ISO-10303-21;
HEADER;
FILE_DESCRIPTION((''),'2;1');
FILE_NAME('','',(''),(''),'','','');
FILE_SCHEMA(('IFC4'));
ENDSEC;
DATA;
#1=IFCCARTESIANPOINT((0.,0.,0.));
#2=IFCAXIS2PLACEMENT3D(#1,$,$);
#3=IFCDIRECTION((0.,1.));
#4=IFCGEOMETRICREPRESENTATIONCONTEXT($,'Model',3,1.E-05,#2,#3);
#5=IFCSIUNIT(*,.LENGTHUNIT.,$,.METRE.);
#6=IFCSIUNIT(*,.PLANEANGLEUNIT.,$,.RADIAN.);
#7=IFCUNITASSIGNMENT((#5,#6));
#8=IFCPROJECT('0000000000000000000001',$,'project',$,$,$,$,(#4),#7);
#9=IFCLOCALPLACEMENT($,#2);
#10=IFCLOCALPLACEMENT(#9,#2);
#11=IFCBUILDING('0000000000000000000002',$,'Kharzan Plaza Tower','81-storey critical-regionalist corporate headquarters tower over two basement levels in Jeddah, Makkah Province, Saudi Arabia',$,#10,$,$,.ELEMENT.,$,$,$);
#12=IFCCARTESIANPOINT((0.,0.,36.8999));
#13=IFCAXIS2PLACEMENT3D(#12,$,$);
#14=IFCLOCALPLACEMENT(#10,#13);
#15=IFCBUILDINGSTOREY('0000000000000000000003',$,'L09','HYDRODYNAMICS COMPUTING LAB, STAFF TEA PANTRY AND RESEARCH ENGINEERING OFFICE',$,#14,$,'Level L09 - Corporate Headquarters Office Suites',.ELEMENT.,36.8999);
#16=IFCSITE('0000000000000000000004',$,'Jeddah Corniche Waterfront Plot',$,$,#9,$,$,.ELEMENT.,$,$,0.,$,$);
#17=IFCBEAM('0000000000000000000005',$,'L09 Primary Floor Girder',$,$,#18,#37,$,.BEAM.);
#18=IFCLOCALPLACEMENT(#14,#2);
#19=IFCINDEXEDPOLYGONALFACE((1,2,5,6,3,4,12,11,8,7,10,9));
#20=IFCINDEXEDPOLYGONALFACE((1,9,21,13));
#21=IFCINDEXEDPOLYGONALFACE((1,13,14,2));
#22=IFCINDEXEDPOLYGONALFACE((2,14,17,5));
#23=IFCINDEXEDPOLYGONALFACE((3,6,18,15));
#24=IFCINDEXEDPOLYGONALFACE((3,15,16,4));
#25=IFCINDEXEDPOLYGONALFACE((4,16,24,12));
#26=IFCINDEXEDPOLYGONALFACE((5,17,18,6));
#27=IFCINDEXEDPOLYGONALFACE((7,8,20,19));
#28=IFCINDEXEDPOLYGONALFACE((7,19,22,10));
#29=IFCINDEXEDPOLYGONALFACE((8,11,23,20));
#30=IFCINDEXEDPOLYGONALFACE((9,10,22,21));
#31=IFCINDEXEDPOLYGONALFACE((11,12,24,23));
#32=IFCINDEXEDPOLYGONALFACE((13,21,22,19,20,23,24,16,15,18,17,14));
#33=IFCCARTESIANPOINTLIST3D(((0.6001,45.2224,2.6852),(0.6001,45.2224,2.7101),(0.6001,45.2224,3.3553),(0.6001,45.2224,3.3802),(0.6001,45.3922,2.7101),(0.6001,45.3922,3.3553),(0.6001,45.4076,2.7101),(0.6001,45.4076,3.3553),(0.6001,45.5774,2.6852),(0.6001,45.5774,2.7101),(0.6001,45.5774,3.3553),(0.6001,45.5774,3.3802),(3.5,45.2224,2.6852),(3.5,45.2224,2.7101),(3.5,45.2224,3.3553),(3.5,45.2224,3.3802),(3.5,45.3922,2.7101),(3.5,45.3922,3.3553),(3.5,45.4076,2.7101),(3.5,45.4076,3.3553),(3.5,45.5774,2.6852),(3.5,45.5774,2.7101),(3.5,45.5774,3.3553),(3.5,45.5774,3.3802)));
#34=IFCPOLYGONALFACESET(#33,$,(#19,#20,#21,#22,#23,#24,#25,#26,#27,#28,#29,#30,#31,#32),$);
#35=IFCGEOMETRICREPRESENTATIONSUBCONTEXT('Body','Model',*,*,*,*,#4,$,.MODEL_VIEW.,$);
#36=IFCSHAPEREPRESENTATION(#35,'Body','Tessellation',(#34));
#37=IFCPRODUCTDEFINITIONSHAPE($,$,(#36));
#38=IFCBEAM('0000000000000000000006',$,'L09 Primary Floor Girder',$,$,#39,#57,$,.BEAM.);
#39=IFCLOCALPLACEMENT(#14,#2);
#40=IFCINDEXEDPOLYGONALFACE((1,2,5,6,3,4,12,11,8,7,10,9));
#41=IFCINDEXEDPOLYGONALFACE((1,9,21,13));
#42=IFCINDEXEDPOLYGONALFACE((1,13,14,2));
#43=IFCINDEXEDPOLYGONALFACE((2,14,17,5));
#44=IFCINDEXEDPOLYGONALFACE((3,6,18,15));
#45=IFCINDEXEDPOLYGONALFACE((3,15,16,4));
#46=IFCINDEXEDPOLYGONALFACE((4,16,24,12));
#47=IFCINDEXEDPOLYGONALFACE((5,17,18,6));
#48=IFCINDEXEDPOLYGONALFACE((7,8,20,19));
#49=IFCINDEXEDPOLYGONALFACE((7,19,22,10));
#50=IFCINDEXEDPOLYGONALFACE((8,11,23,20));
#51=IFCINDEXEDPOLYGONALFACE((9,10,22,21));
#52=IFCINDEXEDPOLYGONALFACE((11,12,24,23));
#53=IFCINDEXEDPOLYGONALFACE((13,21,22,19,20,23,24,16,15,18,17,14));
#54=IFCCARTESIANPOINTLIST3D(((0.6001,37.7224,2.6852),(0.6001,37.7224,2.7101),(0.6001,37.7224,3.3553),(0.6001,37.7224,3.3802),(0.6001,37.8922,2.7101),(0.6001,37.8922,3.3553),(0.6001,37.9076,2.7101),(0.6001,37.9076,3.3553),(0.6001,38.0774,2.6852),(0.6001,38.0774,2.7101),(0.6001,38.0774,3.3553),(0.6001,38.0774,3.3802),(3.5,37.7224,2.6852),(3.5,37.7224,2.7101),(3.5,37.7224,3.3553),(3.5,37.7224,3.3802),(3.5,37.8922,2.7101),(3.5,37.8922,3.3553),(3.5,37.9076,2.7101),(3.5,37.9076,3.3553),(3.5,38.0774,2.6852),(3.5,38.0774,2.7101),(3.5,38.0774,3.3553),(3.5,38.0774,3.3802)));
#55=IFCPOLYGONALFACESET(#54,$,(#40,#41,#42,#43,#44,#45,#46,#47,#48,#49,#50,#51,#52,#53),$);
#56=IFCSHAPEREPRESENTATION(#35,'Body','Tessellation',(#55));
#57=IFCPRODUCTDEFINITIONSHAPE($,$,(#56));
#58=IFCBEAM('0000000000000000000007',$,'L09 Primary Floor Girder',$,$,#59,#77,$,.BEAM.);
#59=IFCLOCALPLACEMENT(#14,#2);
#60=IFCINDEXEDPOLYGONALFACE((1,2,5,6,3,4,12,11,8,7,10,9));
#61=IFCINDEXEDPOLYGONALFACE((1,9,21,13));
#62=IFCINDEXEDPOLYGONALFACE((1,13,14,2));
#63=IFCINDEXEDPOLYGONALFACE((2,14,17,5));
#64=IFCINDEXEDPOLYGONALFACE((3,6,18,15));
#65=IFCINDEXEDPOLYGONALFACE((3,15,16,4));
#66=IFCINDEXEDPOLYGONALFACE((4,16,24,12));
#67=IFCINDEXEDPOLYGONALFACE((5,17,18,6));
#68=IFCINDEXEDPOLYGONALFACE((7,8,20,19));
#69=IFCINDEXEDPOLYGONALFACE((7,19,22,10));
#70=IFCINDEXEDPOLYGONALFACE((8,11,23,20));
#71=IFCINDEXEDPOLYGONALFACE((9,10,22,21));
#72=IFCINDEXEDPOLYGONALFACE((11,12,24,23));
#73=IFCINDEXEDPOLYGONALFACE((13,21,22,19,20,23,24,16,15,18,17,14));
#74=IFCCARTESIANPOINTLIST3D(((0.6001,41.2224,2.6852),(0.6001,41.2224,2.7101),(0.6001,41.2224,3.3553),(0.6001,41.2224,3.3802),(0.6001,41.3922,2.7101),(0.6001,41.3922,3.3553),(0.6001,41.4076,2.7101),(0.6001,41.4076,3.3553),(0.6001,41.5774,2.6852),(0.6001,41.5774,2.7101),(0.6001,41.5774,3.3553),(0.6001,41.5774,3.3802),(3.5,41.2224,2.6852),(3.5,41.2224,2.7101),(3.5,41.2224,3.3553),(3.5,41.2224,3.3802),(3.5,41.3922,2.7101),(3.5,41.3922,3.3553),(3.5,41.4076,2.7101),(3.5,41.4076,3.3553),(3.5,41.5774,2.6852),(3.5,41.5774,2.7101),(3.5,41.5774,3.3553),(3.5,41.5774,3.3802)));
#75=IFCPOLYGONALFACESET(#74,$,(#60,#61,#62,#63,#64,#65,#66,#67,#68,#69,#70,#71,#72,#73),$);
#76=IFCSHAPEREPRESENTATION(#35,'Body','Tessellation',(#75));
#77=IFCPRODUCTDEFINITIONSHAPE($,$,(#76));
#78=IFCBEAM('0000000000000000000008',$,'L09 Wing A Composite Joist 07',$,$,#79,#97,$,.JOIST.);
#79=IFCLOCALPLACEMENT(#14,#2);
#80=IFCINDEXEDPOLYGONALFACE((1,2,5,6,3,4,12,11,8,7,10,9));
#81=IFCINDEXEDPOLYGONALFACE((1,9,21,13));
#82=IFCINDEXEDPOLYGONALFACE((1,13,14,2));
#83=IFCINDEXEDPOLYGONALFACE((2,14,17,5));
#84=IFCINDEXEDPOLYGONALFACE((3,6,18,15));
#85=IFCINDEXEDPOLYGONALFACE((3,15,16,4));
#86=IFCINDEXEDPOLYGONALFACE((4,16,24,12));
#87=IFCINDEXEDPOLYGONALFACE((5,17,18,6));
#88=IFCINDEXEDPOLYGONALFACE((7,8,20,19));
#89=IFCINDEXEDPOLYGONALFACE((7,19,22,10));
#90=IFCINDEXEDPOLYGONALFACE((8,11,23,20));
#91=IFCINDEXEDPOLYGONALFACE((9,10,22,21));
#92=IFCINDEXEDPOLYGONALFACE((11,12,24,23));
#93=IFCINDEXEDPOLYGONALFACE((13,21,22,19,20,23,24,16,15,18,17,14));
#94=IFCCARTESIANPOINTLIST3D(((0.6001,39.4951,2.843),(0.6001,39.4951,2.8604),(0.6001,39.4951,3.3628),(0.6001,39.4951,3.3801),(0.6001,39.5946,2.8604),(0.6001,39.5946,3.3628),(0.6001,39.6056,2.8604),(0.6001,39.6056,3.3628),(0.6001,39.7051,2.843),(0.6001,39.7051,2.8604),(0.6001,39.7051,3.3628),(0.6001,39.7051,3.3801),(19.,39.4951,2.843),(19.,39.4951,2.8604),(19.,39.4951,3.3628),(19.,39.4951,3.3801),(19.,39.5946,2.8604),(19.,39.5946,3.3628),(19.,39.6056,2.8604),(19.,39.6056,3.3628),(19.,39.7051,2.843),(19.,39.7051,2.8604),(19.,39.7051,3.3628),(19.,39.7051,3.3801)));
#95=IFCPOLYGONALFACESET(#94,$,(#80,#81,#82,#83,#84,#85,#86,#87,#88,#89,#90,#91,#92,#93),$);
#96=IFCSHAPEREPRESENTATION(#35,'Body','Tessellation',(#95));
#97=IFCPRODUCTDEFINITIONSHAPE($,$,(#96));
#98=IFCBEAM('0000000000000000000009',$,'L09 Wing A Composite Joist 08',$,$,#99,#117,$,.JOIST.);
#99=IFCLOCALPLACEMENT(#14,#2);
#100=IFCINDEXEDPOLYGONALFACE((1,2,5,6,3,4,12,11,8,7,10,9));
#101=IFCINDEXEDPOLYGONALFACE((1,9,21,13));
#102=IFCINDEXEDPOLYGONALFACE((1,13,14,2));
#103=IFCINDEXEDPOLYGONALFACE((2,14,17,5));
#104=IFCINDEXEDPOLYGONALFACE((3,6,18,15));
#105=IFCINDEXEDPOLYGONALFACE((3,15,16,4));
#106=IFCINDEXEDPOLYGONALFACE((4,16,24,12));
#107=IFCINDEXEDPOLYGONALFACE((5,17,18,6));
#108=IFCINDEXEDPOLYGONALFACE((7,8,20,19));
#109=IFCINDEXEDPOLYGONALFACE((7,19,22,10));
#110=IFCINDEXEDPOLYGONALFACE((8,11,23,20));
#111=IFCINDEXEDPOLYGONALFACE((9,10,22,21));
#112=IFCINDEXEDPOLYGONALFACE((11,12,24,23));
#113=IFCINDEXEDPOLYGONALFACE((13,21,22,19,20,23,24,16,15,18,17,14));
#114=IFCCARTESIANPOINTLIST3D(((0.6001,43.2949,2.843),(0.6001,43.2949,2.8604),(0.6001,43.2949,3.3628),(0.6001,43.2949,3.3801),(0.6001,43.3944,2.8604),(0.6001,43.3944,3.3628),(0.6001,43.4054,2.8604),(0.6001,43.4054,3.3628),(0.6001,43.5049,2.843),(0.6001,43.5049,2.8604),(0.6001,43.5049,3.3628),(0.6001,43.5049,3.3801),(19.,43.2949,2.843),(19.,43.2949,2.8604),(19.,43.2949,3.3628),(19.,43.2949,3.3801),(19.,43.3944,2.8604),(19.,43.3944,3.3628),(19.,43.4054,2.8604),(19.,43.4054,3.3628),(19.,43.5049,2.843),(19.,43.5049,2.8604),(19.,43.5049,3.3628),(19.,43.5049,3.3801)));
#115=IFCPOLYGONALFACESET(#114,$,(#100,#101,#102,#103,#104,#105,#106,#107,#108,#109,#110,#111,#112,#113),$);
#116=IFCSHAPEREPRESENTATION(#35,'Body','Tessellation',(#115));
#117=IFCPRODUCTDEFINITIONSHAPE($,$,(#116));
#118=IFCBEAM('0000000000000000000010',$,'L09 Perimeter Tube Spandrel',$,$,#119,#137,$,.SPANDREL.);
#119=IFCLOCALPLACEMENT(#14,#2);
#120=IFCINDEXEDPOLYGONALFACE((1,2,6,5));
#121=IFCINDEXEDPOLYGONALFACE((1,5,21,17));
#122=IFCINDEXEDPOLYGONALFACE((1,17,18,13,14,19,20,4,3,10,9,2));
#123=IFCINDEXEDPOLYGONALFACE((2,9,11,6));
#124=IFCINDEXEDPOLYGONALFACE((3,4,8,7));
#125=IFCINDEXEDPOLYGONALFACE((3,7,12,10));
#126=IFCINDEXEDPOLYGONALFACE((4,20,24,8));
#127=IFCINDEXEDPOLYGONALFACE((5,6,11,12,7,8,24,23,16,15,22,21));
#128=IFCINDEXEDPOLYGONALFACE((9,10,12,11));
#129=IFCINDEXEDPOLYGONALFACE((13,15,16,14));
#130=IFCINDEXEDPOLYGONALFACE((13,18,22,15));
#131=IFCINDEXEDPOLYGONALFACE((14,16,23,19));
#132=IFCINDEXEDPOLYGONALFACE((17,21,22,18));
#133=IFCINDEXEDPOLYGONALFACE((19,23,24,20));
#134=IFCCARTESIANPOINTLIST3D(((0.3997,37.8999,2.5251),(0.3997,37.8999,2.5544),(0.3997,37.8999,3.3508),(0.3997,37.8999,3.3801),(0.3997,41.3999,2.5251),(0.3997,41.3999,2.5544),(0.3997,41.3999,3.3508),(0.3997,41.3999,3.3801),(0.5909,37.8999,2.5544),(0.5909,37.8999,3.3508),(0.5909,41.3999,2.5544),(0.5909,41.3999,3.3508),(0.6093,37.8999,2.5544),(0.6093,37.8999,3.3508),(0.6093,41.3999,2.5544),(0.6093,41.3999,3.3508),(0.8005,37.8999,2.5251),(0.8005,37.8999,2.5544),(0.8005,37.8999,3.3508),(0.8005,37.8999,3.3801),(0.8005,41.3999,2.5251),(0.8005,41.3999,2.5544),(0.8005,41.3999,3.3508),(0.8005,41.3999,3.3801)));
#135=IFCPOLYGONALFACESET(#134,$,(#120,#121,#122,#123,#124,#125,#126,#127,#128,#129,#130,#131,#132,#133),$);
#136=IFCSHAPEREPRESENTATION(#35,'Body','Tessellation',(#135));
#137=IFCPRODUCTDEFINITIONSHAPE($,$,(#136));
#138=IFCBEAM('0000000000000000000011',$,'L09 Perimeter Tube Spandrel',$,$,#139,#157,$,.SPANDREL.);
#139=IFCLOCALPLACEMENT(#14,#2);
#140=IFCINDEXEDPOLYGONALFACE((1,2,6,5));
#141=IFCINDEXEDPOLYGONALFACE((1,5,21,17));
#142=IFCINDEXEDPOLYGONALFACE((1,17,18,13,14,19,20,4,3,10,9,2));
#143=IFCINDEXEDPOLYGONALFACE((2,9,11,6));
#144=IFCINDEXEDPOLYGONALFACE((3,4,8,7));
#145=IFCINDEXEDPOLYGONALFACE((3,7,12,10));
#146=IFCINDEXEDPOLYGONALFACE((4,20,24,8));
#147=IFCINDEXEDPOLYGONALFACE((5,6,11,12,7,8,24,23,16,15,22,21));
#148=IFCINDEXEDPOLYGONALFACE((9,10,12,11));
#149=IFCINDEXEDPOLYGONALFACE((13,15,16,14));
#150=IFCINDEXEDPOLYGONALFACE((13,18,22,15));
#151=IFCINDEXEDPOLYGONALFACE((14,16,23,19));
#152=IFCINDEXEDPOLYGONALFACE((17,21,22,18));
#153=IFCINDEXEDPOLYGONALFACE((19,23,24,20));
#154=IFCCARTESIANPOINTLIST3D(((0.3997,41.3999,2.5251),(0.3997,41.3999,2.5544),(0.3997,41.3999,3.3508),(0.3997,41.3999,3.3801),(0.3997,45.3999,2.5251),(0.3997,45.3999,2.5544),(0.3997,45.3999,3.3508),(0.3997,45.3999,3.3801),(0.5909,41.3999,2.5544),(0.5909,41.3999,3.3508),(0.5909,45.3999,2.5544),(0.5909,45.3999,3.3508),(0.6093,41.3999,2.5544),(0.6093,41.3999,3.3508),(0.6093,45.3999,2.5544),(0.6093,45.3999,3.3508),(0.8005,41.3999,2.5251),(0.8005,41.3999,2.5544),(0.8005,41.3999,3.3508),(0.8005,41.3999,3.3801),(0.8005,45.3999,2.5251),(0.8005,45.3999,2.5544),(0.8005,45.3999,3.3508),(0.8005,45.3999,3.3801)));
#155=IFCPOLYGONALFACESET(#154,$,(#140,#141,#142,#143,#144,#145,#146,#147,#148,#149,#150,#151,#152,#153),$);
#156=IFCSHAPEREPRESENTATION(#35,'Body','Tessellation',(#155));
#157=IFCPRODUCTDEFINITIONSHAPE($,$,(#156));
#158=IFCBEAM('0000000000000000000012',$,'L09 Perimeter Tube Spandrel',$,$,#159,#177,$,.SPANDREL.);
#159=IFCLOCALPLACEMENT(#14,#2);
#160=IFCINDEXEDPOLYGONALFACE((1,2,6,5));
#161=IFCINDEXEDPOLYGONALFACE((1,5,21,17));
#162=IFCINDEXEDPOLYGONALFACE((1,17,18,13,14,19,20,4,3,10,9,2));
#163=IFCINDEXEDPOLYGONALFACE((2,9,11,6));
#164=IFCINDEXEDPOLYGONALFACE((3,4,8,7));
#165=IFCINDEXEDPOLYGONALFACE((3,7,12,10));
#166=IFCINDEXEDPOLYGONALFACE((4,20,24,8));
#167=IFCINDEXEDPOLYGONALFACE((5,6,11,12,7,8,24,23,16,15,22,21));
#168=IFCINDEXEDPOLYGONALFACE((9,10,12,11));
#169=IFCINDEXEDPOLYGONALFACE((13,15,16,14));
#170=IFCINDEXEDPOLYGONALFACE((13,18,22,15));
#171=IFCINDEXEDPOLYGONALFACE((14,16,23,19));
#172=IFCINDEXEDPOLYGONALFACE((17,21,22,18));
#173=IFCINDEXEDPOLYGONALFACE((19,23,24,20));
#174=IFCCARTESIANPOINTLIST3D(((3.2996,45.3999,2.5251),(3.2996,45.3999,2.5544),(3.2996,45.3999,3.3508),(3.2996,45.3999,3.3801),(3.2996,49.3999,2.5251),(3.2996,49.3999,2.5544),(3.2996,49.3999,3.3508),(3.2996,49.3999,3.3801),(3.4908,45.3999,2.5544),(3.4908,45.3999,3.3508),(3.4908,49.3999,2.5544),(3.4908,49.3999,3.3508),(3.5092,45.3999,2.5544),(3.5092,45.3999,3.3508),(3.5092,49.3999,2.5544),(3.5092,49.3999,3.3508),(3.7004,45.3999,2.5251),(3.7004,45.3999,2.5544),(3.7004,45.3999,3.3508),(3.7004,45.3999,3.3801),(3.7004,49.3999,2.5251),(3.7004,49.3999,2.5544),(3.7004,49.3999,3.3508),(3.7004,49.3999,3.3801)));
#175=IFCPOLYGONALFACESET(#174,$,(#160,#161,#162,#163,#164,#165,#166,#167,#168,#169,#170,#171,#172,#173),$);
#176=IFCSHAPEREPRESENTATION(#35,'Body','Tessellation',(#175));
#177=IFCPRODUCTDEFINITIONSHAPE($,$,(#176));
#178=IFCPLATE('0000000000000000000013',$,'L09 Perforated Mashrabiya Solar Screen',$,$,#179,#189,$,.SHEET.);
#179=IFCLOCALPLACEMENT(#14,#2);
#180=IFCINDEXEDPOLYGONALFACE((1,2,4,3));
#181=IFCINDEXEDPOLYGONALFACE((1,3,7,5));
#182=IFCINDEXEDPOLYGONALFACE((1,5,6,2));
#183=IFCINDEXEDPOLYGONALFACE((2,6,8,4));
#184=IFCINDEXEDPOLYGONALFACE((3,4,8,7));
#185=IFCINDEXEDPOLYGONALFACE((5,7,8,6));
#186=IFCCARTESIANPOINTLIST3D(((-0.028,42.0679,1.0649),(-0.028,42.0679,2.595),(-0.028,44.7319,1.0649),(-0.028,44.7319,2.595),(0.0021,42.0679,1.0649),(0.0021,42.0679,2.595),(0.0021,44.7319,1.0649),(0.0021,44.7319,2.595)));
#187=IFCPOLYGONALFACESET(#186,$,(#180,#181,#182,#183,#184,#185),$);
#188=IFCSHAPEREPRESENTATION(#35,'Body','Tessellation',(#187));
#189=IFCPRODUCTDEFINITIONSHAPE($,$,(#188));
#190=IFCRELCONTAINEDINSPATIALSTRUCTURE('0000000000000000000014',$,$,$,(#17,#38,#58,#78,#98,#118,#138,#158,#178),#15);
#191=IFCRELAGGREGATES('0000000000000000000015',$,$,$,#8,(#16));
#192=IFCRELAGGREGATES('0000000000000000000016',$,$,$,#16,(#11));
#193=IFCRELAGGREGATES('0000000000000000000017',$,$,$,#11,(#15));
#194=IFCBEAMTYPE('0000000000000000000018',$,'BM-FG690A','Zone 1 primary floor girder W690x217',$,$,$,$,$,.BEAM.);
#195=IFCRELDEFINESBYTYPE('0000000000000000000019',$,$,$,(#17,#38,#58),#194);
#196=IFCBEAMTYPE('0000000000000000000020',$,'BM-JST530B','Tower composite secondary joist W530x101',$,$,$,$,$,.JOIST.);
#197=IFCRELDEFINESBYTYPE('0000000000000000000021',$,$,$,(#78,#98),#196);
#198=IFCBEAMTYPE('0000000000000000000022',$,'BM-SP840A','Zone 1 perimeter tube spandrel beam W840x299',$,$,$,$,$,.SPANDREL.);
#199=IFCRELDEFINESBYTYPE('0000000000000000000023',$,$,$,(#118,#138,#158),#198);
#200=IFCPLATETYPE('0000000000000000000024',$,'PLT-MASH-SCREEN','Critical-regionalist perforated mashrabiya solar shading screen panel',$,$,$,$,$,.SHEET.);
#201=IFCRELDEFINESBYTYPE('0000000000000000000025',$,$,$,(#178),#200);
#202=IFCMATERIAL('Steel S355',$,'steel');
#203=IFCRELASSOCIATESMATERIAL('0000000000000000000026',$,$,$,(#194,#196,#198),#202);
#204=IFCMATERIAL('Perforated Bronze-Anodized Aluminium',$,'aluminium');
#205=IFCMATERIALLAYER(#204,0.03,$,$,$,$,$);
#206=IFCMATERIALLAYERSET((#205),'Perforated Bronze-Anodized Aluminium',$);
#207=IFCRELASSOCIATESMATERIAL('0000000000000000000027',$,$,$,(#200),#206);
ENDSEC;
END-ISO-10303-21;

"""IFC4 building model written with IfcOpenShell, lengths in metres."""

from ifc_helpers import new_model, si_unit, direction, frame, origin, origin_2d, place, context, subcontext, project, spatial, rectangle, i_section, extrude, source, transform, mapped, material, layer, layer_set, material_profile, profile_set, type_object, element, save


model = new_model("IFC4")

# Units and contexts
model_context = context("Model", 3, precision=1e-05, world=origin(), true_north=direction((0.0, 1.0)))
body_context = subcontext(model_context, "Body", "Model", "MODEL_VIEW")
ifc_project = project(units=[si_unit("LENGTHUNIT", "METRE"), si_unit("PLANEANGLEUNIT", "RADIAN")], contexts=[model_context])

# Site, building, storey
site_placement = place(None, origin())
site = spatial("IfcSite", under=ifc_project, at=site_placement, Name="Jeddah Corniche Waterfront Plot", CompositionType="ELEMENT", RefElevation=0.0)
building_placement = place(site_placement, origin())
building = spatial("IfcBuilding", under=site, at=building_placement, Name="Kharzan Plaza Tower", Description="81-storey critical-regionalist corporate headquarters tower over two basement levels in Jeddah, Makkah Province, Saudi Arabia", CompositionType="ELEMENT")
storey_placement = place(building_placement, frame((0.0, 0.0, 36.8999)))
storey = spatial("IfcBuildingStorey", under=building, at=storey_placement, Name="L09", Description="HYDRODYNAMICS COMPUTING LAB, STAFF TEA PANTRY AND RESEARCH ENGINEERING OFFICE", LongName="Level L09 - Corporate Headquarters Office Suites", CompositionType="ELEMENT", Elevation=36.8999)

# Beams
ifc_material_1 = material(Name="Steel S355", Category="steel")
ifc_material_profile_1 = material_profile(ifc_material_1, i_section(OverallWidth=0.355, OverallDepth=0.6951, WebThickness=0.0154, FlangeThickness=0.0249, at=origin_2d()), Name="W690x217")
ifc_profile_set_1 = profile_set([ifc_material_profile_1], Name="Steel S355")
beam_type_1 = type_object("IfcBeamType", Name="BM-FG690A", Description="Zone 1 primary floor girder W690x217", PredefinedType="BEAM", material=ifc_profile_set_1)
shared_shape_1 = source(origin(), body_context, "Body", "SweptSolid", [
    extrude(i_section(OverallWidth=0.355, OverallDepth=0.6951, WebThickness=0.0154, FlangeThickness=0.0249, at=origin_2d()), origin(), (0.0, 0.0, 1.0), 2.8999),
])
for number, where, z_axis, x_axis, name in (
    (1, (0.6001, 45.3999, 3.0327), (1.0, 0.0, 0.0), (0.0, 1.0, 0.0), "L09 Primary Floor Girder"),
    (2, (0.6001, 37.8999, 3.0327), (1.0, 0.0, 0.0), (0.0, 1.0, 0.0), "L09 Primary Floor Girder"),
    (3, (0.6001, 41.3999, 3.0327), (1.0, 0.0, 0.0), (0.0, 1.0, 0.0), "L09 Primary Floor Girder"),
):
    element("IfcBeam", number, at=place(storey_placement, frame(where, z_axis=z_axis, x_axis=x_axis)), inside=storey, type_object=beam_type_1, Name=name, PredefinedType="BEAM", context=body_context, shape_type="MappedRepresentation", body=[
        mapped(shared_shape_1, transform((0.0, 0.0, 0.0), x_axis=(1.0, 0.0, 0.0), y_axis=(0.0, 1.0, 0.0), z_axis=(0.0, 0.0, 1.0))),
    ])
ifc_material_profile_2 = material_profile(ifc_material_1, i_section(OverallWidth=0.21, OverallDepth=0.5371, WebThickness=0.011, FlangeThickness=0.0173, at=origin_2d()), Name="W530x101")
ifc_profile_set_2 = profile_set([ifc_material_profile_2], Name="Steel S355")
beam_type_2 = type_object("IfcBeamType", Name="BM-JST530B", Description="Tower composite secondary joist W530x101", PredefinedType="JOIST", material=ifc_profile_set_2)
shared_shape_2 = source(origin(), body_context, "Body", "SweptSolid", [
    extrude(i_section(OverallWidth=0.21, OverallDepth=0.5371, WebThickness=0.011, FlangeThickness=0.0173, at=origin_2d()), origin(), (0.0, 0.0, 1.0), 18.3999),
])
for number, where, z_axis, x_axis, name in (
    (4, (0.6001, 39.6001, 3.1116), (1.0, 0.0, 0.0), (0.0, 1.0, 0.0), "L09 Wing A Composite Joist 07"),
    (5, (0.6001, 43.3999, 3.1116), (1.0, 0.0, 0.0), (0.0, 1.0, 0.0), "L09 Wing A Composite Joist 08"),
):
    element("IfcBeam", number, at=place(storey_placement, frame(where, z_axis=z_axis, x_axis=x_axis)), inside=storey, type_object=beam_type_2, Name=name, PredefinedType="JOIST", context=body_context, shape_type="MappedRepresentation", body=[
        mapped(shared_shape_2, transform((0.0, 0.0, 0.0), x_axis=(1.0, 0.0, 0.0), y_axis=(0.0, 1.0, 0.0), z_axis=(0.0, 0.0, 1.0))),
    ])
ifc_material_profile_3 = material_profile(ifc_material_1, i_section(OverallWidth=0.4009, OverallDepth=0.855, WebThickness=0.0183, FlangeThickness=0.0293, at=origin_2d()), Name="W840x299")
ifc_profile_set_3 = profile_set([ifc_material_profile_3], Name="Steel S355")
beam_type_3 = type_object("IfcBeamType", Name="BM-SP840A", Description="Zone 1 perimeter tube spandrel beam W840x299", PredefinedType="SPANDREL", material=ifc_profile_set_3)
shared_shape_3 = source(origin(), body_context, "Body", "SweptSolid", [
    extrude(i_section(OverallWidth=0.4009, OverallDepth=0.855, WebThickness=0.0183, FlangeThickness=0.0293, at=origin_2d()), origin(), (0.0, 0.0, 1.0), 3.5),
])
beam_1_placement = place(storey_placement, frame((0.6001, 37.8999, 2.9526), z_axis=(0.0, 1.0, 0.0), x_axis=(-1.0, 0.0, 0.0)))
element("IfcBeam", 6, at=beam_1_placement, inside=storey, type_object=beam_type_3, Name="L09 Perimeter Tube Spandrel", PredefinedType="SPANDREL", context=body_context, shape_type="MappedRepresentation", body=[
    mapped(shared_shape_3, transform((0.0, 0.0, 0.0), x_axis=(1.0, 0.0, 0.0), y_axis=(0.0, 1.0, 0.0), z_axis=(0.0, 0.0, 1.0))),
])
shared_shape_4 = source(origin(), body_context, "Body", "SweptSolid", [
    extrude(i_section(OverallWidth=0.4009, OverallDepth=0.855, WebThickness=0.0183, FlangeThickness=0.0293, at=origin_2d()), origin(), (0.0, 0.0, 1.0), 4.0),
])
for number, where, z_axis, x_axis, name in (
    (7, (0.6001, 41.3999, 2.9526), (0.0, 1.0, 0.0), (-1.0, 0.0, 0.0), "L09 Perimeter Tube Spandrel"),
    (8, (3.5, 45.3999, 2.9526), (0.0, 1.0, 0.0), (-1.0, 0.0, 0.0), "L09 Perimeter Tube Spandrel"),
):
    element("IfcBeam", number, at=place(storey_placement, frame(where, z_axis=z_axis, x_axis=x_axis)), inside=storey, type_object=beam_type_3, Name=name, PredefinedType="SPANDREL", context=body_context, shape_type="MappedRepresentation", body=[
        mapped(shared_shape_4, transform((0.0, 0.0, 0.0), x_axis=(1.0, 0.0, 0.0), y_axis=(0.0, 1.0, 0.0), z_axis=(0.0, 0.0, 1.0))),
    ])

# Plate
ifc_material_2 = material(Name="Perforated Bronze-Anodized Aluminium", Category="aluminium")
ifc_layer_1 = layer(ifc_material_2, 0.03)
ifc_layer_set_1 = layer_set([ifc_layer_1], Name="Perforated Bronze-Anodized Aluminium")
plate_type = type_object("IfcPlateType", Name="PLT-MASH-SCREEN", Description="Critical-regionalist perforated mashrabiya solar shading screen panel", PredefinedType="SHEET", material=ifc_layer_set_1)
shared_shape_5 = source(origin(), body_context, "Body", "SweptSolid", [
    extrude(rectangle(XDim=2.6641, YDim=0.03, at=origin_2d()), origin(), (0.0, 0.0, 1.0), 1.53),
])
plate_1_placement = place(storey_placement, frame((-0.0129, 43.3999, 1.0649), z_axis=(0.0, 0.0, 1.0), x_axis=(0.0, -1.0, 0.0)))
element("IfcPlate", 9, at=plate_1_placement, inside=storey, type_object=plate_type, Name="L09 Perforated Mashrabiya Solar Screen", PredefinedType="SHEET", context=body_context, shape_type="MappedRepresentation", body=[
    mapped(shared_shape_5, transform((0.0, 0.0, 0.0), x_axis=(1.0, 0.0, 0.0), y_axis=(0.0, 1.0, 0.0), z_axis=(0.0, 0.0, 1.0))),
])

save(model, "model.ifc")
